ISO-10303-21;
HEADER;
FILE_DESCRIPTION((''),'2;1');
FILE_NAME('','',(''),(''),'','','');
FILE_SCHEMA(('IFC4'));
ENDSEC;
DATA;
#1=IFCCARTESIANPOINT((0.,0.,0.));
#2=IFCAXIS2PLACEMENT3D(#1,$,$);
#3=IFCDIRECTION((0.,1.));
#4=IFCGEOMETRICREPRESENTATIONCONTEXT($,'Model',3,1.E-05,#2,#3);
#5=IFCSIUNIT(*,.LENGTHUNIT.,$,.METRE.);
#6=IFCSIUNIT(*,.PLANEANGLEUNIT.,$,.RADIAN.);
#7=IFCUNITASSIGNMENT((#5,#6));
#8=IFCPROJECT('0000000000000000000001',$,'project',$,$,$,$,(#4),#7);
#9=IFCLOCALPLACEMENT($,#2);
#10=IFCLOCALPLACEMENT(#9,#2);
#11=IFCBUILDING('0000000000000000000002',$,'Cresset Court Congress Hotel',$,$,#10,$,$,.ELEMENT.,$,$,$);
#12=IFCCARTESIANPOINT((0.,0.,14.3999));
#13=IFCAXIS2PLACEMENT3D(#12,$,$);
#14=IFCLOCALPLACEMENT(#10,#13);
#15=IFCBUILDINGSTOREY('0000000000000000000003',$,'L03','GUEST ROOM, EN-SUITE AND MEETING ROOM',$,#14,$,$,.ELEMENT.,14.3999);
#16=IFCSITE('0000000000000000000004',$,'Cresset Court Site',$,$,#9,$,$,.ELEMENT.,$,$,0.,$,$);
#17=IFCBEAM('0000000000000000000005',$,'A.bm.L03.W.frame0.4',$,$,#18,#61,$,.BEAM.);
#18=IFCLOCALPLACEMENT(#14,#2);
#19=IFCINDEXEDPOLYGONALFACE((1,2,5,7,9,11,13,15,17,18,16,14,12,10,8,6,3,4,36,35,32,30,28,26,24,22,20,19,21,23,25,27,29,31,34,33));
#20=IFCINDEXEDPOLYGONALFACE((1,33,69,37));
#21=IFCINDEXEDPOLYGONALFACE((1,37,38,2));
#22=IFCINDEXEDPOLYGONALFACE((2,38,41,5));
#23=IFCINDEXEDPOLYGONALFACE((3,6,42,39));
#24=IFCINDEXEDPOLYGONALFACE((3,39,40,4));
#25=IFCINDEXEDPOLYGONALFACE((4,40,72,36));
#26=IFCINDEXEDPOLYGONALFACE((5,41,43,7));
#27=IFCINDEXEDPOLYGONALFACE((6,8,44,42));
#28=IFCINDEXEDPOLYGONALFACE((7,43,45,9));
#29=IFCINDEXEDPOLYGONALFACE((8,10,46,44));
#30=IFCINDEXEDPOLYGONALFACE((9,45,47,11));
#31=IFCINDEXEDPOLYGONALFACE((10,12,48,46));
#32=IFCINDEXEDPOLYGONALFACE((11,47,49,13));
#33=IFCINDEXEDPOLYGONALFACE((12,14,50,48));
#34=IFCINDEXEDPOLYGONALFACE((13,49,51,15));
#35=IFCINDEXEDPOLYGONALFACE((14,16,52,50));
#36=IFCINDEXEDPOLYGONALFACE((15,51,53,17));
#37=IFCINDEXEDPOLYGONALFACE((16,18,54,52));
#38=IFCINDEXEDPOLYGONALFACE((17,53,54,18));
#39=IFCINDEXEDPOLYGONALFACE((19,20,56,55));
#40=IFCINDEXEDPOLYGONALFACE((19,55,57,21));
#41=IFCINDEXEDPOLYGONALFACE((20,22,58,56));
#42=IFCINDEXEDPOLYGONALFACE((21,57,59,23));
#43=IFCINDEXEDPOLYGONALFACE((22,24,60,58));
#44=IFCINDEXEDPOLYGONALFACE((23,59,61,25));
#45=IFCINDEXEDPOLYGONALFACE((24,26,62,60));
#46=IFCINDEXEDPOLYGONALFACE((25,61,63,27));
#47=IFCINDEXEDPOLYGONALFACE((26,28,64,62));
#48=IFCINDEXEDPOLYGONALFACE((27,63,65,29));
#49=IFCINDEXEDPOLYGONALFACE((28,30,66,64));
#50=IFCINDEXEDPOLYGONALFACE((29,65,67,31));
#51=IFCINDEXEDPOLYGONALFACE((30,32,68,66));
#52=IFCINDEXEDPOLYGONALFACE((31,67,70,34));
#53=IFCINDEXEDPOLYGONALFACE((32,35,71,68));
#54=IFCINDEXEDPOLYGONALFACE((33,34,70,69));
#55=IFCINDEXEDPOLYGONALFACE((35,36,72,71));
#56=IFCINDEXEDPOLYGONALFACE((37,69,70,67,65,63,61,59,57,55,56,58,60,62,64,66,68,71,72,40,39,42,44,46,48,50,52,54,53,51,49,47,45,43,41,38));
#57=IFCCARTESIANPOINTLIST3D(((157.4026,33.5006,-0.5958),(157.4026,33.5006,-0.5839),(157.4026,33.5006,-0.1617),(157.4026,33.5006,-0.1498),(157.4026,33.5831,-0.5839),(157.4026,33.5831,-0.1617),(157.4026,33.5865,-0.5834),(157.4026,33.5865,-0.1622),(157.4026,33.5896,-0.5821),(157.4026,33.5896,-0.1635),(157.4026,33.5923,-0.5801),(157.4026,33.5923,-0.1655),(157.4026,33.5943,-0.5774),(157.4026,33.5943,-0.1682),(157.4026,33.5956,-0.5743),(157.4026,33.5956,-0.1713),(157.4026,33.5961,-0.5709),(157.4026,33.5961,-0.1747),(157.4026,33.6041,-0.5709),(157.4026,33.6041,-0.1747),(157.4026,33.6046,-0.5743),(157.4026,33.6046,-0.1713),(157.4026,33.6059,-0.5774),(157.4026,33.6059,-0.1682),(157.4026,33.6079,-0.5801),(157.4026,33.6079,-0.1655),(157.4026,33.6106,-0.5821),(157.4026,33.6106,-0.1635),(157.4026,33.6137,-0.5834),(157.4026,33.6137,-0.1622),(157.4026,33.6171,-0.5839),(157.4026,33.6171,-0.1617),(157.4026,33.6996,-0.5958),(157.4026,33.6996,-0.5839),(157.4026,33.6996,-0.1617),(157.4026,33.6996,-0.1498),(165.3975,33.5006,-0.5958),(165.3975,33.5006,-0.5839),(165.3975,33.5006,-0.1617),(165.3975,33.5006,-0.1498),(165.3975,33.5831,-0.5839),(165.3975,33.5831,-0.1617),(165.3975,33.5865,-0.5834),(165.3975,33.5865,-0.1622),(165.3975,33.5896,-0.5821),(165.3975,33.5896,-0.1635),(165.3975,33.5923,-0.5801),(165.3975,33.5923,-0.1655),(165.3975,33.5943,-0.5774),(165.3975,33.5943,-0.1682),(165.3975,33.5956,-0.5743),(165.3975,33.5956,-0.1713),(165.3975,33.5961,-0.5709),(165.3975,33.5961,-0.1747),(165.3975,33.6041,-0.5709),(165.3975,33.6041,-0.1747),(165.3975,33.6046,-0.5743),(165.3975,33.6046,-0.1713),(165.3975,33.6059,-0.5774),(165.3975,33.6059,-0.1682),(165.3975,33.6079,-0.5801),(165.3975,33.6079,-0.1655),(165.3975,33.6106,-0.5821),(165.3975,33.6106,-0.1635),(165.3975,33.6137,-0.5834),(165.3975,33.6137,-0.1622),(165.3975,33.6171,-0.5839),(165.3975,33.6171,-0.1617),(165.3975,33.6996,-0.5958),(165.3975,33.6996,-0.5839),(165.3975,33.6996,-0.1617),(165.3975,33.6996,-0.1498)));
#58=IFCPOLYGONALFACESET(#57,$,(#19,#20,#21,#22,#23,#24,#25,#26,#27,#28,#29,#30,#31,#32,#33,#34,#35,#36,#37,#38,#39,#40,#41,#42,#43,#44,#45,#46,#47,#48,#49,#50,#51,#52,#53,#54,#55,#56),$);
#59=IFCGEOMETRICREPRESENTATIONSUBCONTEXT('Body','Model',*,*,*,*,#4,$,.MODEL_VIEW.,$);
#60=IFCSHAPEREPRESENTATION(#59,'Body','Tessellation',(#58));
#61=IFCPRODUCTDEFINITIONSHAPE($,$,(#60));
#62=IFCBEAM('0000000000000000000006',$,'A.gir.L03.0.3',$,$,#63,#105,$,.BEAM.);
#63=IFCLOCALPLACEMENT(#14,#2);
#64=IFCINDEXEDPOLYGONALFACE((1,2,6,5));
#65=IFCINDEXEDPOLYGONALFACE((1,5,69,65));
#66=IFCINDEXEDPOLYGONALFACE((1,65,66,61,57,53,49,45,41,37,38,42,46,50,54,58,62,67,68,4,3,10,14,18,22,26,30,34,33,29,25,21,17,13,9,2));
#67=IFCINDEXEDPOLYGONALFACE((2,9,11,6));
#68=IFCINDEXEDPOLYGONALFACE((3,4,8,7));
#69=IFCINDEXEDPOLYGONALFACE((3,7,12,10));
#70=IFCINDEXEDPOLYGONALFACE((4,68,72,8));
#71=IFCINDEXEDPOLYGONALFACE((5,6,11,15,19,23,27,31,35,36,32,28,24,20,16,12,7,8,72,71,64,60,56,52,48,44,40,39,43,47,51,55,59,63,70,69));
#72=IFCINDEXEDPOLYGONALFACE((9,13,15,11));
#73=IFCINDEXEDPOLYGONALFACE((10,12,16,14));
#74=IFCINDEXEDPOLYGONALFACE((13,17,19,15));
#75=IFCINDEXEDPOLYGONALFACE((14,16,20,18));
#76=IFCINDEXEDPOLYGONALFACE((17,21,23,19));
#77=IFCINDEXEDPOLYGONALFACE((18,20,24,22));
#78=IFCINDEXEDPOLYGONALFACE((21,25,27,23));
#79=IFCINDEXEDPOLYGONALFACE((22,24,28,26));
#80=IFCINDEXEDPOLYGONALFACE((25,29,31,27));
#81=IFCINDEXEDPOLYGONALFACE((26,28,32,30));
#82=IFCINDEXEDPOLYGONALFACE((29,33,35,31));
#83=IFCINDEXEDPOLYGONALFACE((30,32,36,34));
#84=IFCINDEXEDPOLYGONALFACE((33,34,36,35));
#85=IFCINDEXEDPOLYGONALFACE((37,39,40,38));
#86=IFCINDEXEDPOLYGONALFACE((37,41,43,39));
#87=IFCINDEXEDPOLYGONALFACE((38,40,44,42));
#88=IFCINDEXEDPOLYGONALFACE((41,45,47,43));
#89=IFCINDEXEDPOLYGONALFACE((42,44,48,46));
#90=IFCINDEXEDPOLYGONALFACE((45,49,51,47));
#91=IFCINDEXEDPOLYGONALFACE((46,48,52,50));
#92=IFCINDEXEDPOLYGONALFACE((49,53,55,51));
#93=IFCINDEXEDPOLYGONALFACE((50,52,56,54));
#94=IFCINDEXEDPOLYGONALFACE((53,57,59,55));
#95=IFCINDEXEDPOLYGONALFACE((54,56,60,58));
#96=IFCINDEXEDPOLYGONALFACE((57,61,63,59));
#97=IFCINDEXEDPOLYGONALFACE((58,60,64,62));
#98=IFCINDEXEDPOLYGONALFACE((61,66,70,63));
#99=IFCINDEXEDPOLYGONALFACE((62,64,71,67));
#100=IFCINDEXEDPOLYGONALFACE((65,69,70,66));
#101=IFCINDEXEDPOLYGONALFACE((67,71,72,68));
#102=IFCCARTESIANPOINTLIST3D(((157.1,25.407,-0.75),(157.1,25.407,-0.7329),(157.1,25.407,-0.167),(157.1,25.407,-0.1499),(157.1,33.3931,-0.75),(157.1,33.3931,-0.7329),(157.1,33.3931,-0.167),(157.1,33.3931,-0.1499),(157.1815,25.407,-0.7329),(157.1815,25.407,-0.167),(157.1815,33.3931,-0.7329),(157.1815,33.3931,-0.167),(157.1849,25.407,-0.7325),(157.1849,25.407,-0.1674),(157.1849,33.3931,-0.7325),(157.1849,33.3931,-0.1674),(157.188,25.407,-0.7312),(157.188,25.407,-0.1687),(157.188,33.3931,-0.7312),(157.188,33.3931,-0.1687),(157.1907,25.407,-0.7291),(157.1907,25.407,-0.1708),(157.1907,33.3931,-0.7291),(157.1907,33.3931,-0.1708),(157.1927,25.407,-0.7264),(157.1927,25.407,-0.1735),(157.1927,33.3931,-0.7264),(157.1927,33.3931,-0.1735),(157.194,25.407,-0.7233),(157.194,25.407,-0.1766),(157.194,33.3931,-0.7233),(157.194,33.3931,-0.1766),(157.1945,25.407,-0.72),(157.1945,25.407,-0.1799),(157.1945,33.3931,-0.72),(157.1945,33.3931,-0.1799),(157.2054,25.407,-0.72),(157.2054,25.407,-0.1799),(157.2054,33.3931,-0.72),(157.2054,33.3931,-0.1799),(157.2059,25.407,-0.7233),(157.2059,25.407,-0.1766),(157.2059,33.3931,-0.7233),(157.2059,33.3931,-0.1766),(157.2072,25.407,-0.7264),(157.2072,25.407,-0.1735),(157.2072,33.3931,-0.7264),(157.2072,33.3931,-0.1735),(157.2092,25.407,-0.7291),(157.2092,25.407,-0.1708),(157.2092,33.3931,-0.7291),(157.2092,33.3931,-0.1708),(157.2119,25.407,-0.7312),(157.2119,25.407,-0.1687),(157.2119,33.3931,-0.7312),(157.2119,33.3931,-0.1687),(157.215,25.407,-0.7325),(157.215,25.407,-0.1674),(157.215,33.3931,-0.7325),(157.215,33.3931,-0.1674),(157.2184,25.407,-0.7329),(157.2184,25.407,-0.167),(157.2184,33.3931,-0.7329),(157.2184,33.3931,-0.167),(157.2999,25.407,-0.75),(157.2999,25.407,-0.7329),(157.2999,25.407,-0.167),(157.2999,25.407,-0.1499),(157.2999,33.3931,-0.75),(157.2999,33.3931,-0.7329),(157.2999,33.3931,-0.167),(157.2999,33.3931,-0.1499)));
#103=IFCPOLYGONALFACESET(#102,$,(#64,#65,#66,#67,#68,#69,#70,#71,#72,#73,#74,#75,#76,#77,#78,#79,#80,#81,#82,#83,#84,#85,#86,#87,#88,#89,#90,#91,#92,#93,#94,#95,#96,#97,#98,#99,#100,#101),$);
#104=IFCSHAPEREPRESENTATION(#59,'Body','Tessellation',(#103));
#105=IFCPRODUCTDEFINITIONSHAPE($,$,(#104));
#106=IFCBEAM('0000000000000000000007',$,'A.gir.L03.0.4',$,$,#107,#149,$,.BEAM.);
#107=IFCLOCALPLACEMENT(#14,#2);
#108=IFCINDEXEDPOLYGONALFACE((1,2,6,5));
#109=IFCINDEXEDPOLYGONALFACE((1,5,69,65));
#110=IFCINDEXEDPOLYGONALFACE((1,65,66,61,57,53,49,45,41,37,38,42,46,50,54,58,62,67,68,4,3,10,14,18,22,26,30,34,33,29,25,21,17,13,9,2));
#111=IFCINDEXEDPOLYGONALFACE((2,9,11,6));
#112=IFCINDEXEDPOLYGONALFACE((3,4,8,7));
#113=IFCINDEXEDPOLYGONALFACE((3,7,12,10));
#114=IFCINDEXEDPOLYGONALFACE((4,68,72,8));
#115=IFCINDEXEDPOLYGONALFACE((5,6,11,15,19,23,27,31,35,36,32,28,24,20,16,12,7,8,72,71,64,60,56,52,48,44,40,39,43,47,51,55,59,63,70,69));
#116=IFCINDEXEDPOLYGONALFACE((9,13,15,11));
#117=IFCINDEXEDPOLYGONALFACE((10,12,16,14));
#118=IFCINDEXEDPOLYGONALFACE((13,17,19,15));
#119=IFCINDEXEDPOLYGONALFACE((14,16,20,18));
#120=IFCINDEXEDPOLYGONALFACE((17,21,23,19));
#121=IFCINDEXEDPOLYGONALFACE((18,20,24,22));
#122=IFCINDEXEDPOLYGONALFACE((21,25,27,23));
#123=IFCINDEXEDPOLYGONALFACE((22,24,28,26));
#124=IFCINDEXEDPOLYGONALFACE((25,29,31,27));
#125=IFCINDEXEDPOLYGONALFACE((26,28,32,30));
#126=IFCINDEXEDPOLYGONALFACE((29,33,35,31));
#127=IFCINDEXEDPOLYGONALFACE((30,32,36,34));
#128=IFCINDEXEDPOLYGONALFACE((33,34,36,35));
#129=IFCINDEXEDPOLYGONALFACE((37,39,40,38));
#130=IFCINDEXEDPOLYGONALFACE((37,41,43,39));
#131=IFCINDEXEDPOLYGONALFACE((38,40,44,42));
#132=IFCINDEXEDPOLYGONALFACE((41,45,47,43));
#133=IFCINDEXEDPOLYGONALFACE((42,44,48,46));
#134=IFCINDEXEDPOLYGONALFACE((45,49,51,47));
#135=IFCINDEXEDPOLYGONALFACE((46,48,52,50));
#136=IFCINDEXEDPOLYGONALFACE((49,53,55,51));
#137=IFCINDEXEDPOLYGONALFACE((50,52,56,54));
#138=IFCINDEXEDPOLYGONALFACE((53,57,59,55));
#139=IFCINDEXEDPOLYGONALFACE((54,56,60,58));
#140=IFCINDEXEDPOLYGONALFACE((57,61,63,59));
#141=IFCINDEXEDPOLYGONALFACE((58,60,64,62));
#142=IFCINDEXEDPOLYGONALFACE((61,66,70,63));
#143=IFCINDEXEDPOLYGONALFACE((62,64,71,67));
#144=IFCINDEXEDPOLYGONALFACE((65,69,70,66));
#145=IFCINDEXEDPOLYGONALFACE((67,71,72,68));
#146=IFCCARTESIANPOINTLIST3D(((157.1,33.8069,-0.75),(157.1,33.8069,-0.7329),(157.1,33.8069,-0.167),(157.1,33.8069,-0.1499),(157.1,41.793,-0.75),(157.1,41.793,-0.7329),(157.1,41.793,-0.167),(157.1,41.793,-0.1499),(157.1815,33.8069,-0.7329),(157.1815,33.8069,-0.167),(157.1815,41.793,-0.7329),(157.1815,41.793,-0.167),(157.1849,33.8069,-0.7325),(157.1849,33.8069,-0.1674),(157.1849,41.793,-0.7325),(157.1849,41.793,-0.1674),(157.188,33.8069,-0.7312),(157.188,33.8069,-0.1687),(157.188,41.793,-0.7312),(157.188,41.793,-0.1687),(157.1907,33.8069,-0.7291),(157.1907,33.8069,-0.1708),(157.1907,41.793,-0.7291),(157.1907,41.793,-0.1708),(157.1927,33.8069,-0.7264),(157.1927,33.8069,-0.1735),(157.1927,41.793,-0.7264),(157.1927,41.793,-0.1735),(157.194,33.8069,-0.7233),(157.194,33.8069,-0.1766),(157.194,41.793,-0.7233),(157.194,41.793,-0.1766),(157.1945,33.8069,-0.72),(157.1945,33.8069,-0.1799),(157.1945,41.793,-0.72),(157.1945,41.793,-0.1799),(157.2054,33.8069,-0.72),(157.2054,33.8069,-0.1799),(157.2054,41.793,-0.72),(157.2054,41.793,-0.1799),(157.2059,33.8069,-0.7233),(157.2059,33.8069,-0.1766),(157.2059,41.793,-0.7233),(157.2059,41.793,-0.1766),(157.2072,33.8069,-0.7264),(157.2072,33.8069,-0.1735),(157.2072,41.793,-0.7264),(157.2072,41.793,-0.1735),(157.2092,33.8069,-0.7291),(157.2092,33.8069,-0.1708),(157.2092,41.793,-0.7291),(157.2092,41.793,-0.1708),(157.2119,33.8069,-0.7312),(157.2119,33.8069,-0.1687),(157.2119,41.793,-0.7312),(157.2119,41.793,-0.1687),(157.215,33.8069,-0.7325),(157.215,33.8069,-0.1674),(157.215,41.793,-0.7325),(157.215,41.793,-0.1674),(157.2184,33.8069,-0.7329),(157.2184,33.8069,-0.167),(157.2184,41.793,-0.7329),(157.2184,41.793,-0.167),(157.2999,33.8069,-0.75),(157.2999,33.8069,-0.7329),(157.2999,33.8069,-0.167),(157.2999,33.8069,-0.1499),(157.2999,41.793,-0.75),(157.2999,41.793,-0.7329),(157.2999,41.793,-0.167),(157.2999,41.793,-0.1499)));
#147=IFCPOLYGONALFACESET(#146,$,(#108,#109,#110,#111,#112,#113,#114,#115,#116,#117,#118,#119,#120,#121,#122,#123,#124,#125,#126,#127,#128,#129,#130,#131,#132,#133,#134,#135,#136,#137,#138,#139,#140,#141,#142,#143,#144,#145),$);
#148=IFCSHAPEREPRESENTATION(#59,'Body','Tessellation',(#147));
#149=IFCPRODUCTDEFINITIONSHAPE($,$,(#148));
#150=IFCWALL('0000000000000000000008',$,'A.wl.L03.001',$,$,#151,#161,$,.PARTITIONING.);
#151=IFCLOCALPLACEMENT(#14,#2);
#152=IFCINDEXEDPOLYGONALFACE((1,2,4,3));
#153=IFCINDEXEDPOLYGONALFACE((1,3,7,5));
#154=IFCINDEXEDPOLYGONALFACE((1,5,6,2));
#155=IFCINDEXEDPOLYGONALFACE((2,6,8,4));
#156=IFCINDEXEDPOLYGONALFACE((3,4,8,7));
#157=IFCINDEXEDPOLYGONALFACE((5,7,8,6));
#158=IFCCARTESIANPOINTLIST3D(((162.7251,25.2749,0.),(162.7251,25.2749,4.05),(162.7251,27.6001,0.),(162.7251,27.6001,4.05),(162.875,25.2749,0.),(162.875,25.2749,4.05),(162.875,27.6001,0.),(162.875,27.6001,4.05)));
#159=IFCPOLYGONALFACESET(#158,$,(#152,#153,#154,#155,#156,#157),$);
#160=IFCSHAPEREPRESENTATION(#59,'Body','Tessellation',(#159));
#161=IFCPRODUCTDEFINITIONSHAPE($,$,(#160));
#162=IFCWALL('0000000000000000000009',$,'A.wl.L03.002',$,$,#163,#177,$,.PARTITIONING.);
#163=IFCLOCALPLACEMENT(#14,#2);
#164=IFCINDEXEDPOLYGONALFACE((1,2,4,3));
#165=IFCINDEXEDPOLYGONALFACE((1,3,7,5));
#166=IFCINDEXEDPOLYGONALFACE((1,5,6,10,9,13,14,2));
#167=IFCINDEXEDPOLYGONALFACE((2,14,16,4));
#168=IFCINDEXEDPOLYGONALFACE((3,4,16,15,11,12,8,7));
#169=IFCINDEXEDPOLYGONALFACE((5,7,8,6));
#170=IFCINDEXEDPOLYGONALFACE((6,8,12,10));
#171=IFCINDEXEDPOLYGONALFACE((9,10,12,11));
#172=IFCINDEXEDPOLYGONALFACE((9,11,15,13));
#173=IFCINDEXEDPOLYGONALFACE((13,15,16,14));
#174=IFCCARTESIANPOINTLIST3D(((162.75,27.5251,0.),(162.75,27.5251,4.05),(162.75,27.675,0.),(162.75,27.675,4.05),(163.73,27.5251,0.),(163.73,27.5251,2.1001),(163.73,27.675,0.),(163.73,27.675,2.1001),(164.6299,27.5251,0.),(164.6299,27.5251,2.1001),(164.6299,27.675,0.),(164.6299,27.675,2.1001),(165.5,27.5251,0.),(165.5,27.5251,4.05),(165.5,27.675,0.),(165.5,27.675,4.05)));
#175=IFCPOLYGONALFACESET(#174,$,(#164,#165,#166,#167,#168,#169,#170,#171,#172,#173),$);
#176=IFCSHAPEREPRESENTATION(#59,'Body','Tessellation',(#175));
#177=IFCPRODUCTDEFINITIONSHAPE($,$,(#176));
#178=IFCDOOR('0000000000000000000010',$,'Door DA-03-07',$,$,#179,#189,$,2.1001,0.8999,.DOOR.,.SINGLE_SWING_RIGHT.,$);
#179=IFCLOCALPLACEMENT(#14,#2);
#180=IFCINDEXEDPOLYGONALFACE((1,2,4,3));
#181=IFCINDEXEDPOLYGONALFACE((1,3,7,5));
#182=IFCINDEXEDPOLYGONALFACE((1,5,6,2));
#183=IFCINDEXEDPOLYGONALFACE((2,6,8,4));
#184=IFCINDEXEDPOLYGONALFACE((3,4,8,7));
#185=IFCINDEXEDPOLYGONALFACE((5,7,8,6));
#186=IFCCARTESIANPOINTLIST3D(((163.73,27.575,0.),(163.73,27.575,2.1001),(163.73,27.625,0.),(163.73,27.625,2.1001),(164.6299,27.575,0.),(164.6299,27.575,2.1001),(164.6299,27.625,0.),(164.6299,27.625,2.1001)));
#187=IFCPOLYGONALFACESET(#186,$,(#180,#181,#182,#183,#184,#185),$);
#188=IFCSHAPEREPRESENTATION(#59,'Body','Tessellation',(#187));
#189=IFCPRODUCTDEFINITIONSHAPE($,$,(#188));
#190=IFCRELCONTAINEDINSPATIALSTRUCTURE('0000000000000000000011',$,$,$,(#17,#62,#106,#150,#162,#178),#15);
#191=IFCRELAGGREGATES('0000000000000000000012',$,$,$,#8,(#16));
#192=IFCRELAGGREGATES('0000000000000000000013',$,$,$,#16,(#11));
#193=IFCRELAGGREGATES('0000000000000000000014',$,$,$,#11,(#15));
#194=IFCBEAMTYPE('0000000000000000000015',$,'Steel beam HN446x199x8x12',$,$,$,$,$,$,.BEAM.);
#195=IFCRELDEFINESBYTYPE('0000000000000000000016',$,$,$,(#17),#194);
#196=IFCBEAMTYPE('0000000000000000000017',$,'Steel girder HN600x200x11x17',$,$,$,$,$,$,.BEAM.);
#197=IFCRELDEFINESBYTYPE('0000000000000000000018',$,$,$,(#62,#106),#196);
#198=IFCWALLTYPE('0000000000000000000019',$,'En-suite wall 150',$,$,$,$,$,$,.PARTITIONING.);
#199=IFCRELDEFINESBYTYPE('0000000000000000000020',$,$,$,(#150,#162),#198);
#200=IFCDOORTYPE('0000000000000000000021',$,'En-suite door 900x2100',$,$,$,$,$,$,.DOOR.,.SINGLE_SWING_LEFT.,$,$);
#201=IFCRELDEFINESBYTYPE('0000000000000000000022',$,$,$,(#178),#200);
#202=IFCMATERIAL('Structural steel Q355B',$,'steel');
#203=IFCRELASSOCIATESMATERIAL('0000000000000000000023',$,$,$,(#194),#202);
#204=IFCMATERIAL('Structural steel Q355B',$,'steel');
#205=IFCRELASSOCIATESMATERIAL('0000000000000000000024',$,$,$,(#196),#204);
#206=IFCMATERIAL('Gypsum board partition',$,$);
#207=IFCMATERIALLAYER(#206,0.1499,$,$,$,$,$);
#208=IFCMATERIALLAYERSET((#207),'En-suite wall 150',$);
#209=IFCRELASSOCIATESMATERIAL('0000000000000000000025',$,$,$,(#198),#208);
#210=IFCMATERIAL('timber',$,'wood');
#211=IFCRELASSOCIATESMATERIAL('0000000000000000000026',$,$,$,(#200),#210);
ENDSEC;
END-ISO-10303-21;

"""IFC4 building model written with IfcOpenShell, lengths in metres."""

from ifc_helpers import new_model, si_unit, direction, frame, frame_2d, origin, origin_2d, place, context, subcontext, project, spatial, rectangle, i_section, extrude, material, layer, layer_set, material_profile, profile_set, type_object, element, fill, save


model = new_model("IFC4")

# Units and contexts
model_context = context("Model", 3, precision=1e-05, world=origin(), true_north=direction((0.0, 1.0)))
body_context = subcontext(model_context, "Body", "Model", "MODEL_VIEW")
ifc_project = project(units=[si_unit("LENGTHUNIT", "METRE"), si_unit("PLANEANGLEUNIT", "RADIAN")], contexts=[model_context])

# Site, building, storey
site_placement = place(None, origin())
site = spatial("IfcSite", under=ifc_project, at=site_placement, Name="Cresset Court Site", CompositionType="ELEMENT", RefElevation=0.0)
building_placement = place(site_placement, origin())
building = spatial("IfcBuilding", under=site, at=building_placement, Name="Cresset Court Congress Hotel", CompositionType="ELEMENT")
storey_placement = place(building_placement, frame((0.0, 0.0, 14.3999)))
storey = spatial("IfcBuildingStorey", under=building, at=storey_placement, Name="L03", Description="GUEST ROOM, EN-SUITE AND MEETING ROOM", CompositionType="ELEMENT", Elevation=14.3999)

# Beams
ifc_material_1 = material(Name="Structural steel Q355B", Category="steel")
ifc_material_profile_1 = material_profile(ifc_material_1, i_section(OverallWidth=0.199, OverallDepth=0.446, WebThickness=0.0081, FlangeThickness=0.012, FilletRadius=0.0129, at=origin_2d()), Name="HN446x199x8x12")
ifc_profile_set_1 = profile_set([ifc_material_profile_1], Name="Structural steel Q355B")
beam_type_1 = type_object("IfcBeamType", Name="Steel beam HN446x199x8x12", PredefinedType="BEAM", material=ifc_profile_set_1)
beam_1_placement = place(storey_placement, frame((157.4026, 33.6001, -0.3728), z_axis=(1.0, 0.0, 0.0), x_axis=(0.0, 1.0, 0.0)))
element("IfcBeam", 1, at=beam_1_placement, inside=storey, type_object=beam_type_1, Name="A.bm.L03.W.frame0.4", PredefinedType="BEAM", context=body_context, shape_type="SweptSolid", body=[
    extrude(i_section(OverallWidth=0.199, OverallDepth=0.446, WebThickness=0.0081, FlangeThickness=0.012, FilletRadius=0.0129, at=origin_2d()), origin(), (0.0, 0.0, 1.0), 7.9949),
])
ifc_material_2 = material(Name="Structural steel Q355B", Category="steel")
ifc_material_profile_2 = material_profile(ifc_material_2, i_section(OverallWidth=0.2, OverallDepth=0.6001, WebThickness=0.011, FlangeThickness=0.0171, FilletRadius=0.0129, at=origin_2d()), Name="HN600x200x11x17")
ifc_profile_set_2 = profile_set([ifc_material_profile_2], Name="Structural steel Q355B")
beam_type_2 = type_object("IfcBeamType", Name="Steel girder HN600x200x11x17", PredefinedType="BEAM", material=ifc_profile_set_2)
for number, where, z_axis, x_axis, name in (
    (2, (157.2, 25.407, -0.45), (0.0, 1.0, 0.0), (-1.0, 0.0, 0.0), "A.gir.L03.0.3"),
    (3, (157.2, 33.8069, -0.45), (0.0, 1.0, 0.0), (-1.0, 0.0, 0.0), "A.gir.L03.0.4"),
):
    element("IfcBeam", number, at=place(storey_placement, frame(where, z_axis=z_axis, x_axis=x_axis)), inside=storey, type_object=beam_type_2, Name=name, PredefinedType="BEAM", context=body_context, shape_type="SweptSolid", body=[
        extrude(i_section(OverallWidth=0.2, OverallDepth=0.6001, WebThickness=0.011, FlangeThickness=0.0171, FilletRadius=0.0129, at=origin_2d()), origin(), (0.0, 0.0, 1.0), 7.9861),
    ])

# Wall
ifc_material_3 = material(Name="Gypsum board partition")
ifc_layer_1 = layer(ifc_material_3, 0.1499)
ifc_layer_set_1 = layer_set([ifc_layer_1], Name="En-suite wall 150")
wall_type_1 = type_object("IfcWallType", Name="En-suite wall 150", PredefinedType="PARTITIONING", material=ifc_layer_set_1)
wall_1_placement = place(storey_placement, frame((162.8, 25.2749, 0.0), z_axis=(0.0, 0.0, 1.0), x_axis=(0.0, 1.0, 0.0)))
element("IfcWall", 4, at=wall_1_placement, inside=storey, type_object=wall_type_1, Name="A.wl.L03.001", PredefinedType="PARTITIONING", context=body_context, shape_type="SweptSolid", body=[
    extrude(rectangle(XDim=2.3252, YDim=0.1499, at=frame_2d((1.1626, 0.0))), origin(), (0.0, 0.0, 1.0), 4.05),
])

# Wall, opening, door
wall_2_placement = place(storey_placement, frame((162.75, 27.6001, 0.0), z_axis=(0.0, 0.0, 1.0), x_axis=(1.0, 0.0, 0.0)))
wall_2 = element("IfcWall", 5, at=wall_2_placement, inside=storey, type_object=wall_type_1, Name="A.wl.L03.002", PredefinedType="PARTITIONING", context=body_context, shape_type="SweptSolid", body=[
    extrude(rectangle(XDim=2.75, YDim=0.1499, at=frame_2d((1.375, 0.0))), origin(), (0.0, 0.0, 1.0), 4.05),
])
opening_1_placement = place(wall_2_placement, frame((0.98, 0.0, 0.0)))
opening_1 = element("IfcOpeningElement", 6, at=opening_1_placement, cuts=wall_2, PredefinedType="OPENING", context=body_context, shape_type="SweptSolid", body=[
    extrude(rectangle(XDim=0.8999, YDim=2.1001, at=frame_2d((0.45, 1.05))), frame((0.0, 0.085, 0.0), z_axis=(0.0, -1.0, 0.0), x_axis=(1.0, 0.0, 0.0)), (0.0, 0.0, 1.0), 0.1699),
])
ifc_material_4 = material(Name="timber", Category="wood")
door_type = type_object("IfcDoorType", Name="En-suite door 900x2100", OperationType="SINGLE_SWING_LEFT", PredefinedType="DOOR", material=ifc_material_4)
door_1_placement = place(opening_1_placement, origin())
door_1 = element("IfcDoor", 7, at=door_1_placement, inside=storey, type_object=door_type, Name="Door DA-03-07", OperationType="SINGLE_SWING_RIGHT", OverallHeight=2.1001, OverallWidth=0.8999, PredefinedType="DOOR", context=body_context, shape_type="SweptSolid", body=[
    extrude(rectangle(XDim=0.8999, YDim=2.1001, at=frame_2d((0.45, 1.05))), frame((0.0, 0.0249, 0.0), z_axis=(0.0, -1.0, 0.0), x_axis=(1.0, 0.0, 0.0)), (0.0, 0.0, 1.0), 0.05),
])
fill(opening_1, door_1)

save(model, "model.ifc")
